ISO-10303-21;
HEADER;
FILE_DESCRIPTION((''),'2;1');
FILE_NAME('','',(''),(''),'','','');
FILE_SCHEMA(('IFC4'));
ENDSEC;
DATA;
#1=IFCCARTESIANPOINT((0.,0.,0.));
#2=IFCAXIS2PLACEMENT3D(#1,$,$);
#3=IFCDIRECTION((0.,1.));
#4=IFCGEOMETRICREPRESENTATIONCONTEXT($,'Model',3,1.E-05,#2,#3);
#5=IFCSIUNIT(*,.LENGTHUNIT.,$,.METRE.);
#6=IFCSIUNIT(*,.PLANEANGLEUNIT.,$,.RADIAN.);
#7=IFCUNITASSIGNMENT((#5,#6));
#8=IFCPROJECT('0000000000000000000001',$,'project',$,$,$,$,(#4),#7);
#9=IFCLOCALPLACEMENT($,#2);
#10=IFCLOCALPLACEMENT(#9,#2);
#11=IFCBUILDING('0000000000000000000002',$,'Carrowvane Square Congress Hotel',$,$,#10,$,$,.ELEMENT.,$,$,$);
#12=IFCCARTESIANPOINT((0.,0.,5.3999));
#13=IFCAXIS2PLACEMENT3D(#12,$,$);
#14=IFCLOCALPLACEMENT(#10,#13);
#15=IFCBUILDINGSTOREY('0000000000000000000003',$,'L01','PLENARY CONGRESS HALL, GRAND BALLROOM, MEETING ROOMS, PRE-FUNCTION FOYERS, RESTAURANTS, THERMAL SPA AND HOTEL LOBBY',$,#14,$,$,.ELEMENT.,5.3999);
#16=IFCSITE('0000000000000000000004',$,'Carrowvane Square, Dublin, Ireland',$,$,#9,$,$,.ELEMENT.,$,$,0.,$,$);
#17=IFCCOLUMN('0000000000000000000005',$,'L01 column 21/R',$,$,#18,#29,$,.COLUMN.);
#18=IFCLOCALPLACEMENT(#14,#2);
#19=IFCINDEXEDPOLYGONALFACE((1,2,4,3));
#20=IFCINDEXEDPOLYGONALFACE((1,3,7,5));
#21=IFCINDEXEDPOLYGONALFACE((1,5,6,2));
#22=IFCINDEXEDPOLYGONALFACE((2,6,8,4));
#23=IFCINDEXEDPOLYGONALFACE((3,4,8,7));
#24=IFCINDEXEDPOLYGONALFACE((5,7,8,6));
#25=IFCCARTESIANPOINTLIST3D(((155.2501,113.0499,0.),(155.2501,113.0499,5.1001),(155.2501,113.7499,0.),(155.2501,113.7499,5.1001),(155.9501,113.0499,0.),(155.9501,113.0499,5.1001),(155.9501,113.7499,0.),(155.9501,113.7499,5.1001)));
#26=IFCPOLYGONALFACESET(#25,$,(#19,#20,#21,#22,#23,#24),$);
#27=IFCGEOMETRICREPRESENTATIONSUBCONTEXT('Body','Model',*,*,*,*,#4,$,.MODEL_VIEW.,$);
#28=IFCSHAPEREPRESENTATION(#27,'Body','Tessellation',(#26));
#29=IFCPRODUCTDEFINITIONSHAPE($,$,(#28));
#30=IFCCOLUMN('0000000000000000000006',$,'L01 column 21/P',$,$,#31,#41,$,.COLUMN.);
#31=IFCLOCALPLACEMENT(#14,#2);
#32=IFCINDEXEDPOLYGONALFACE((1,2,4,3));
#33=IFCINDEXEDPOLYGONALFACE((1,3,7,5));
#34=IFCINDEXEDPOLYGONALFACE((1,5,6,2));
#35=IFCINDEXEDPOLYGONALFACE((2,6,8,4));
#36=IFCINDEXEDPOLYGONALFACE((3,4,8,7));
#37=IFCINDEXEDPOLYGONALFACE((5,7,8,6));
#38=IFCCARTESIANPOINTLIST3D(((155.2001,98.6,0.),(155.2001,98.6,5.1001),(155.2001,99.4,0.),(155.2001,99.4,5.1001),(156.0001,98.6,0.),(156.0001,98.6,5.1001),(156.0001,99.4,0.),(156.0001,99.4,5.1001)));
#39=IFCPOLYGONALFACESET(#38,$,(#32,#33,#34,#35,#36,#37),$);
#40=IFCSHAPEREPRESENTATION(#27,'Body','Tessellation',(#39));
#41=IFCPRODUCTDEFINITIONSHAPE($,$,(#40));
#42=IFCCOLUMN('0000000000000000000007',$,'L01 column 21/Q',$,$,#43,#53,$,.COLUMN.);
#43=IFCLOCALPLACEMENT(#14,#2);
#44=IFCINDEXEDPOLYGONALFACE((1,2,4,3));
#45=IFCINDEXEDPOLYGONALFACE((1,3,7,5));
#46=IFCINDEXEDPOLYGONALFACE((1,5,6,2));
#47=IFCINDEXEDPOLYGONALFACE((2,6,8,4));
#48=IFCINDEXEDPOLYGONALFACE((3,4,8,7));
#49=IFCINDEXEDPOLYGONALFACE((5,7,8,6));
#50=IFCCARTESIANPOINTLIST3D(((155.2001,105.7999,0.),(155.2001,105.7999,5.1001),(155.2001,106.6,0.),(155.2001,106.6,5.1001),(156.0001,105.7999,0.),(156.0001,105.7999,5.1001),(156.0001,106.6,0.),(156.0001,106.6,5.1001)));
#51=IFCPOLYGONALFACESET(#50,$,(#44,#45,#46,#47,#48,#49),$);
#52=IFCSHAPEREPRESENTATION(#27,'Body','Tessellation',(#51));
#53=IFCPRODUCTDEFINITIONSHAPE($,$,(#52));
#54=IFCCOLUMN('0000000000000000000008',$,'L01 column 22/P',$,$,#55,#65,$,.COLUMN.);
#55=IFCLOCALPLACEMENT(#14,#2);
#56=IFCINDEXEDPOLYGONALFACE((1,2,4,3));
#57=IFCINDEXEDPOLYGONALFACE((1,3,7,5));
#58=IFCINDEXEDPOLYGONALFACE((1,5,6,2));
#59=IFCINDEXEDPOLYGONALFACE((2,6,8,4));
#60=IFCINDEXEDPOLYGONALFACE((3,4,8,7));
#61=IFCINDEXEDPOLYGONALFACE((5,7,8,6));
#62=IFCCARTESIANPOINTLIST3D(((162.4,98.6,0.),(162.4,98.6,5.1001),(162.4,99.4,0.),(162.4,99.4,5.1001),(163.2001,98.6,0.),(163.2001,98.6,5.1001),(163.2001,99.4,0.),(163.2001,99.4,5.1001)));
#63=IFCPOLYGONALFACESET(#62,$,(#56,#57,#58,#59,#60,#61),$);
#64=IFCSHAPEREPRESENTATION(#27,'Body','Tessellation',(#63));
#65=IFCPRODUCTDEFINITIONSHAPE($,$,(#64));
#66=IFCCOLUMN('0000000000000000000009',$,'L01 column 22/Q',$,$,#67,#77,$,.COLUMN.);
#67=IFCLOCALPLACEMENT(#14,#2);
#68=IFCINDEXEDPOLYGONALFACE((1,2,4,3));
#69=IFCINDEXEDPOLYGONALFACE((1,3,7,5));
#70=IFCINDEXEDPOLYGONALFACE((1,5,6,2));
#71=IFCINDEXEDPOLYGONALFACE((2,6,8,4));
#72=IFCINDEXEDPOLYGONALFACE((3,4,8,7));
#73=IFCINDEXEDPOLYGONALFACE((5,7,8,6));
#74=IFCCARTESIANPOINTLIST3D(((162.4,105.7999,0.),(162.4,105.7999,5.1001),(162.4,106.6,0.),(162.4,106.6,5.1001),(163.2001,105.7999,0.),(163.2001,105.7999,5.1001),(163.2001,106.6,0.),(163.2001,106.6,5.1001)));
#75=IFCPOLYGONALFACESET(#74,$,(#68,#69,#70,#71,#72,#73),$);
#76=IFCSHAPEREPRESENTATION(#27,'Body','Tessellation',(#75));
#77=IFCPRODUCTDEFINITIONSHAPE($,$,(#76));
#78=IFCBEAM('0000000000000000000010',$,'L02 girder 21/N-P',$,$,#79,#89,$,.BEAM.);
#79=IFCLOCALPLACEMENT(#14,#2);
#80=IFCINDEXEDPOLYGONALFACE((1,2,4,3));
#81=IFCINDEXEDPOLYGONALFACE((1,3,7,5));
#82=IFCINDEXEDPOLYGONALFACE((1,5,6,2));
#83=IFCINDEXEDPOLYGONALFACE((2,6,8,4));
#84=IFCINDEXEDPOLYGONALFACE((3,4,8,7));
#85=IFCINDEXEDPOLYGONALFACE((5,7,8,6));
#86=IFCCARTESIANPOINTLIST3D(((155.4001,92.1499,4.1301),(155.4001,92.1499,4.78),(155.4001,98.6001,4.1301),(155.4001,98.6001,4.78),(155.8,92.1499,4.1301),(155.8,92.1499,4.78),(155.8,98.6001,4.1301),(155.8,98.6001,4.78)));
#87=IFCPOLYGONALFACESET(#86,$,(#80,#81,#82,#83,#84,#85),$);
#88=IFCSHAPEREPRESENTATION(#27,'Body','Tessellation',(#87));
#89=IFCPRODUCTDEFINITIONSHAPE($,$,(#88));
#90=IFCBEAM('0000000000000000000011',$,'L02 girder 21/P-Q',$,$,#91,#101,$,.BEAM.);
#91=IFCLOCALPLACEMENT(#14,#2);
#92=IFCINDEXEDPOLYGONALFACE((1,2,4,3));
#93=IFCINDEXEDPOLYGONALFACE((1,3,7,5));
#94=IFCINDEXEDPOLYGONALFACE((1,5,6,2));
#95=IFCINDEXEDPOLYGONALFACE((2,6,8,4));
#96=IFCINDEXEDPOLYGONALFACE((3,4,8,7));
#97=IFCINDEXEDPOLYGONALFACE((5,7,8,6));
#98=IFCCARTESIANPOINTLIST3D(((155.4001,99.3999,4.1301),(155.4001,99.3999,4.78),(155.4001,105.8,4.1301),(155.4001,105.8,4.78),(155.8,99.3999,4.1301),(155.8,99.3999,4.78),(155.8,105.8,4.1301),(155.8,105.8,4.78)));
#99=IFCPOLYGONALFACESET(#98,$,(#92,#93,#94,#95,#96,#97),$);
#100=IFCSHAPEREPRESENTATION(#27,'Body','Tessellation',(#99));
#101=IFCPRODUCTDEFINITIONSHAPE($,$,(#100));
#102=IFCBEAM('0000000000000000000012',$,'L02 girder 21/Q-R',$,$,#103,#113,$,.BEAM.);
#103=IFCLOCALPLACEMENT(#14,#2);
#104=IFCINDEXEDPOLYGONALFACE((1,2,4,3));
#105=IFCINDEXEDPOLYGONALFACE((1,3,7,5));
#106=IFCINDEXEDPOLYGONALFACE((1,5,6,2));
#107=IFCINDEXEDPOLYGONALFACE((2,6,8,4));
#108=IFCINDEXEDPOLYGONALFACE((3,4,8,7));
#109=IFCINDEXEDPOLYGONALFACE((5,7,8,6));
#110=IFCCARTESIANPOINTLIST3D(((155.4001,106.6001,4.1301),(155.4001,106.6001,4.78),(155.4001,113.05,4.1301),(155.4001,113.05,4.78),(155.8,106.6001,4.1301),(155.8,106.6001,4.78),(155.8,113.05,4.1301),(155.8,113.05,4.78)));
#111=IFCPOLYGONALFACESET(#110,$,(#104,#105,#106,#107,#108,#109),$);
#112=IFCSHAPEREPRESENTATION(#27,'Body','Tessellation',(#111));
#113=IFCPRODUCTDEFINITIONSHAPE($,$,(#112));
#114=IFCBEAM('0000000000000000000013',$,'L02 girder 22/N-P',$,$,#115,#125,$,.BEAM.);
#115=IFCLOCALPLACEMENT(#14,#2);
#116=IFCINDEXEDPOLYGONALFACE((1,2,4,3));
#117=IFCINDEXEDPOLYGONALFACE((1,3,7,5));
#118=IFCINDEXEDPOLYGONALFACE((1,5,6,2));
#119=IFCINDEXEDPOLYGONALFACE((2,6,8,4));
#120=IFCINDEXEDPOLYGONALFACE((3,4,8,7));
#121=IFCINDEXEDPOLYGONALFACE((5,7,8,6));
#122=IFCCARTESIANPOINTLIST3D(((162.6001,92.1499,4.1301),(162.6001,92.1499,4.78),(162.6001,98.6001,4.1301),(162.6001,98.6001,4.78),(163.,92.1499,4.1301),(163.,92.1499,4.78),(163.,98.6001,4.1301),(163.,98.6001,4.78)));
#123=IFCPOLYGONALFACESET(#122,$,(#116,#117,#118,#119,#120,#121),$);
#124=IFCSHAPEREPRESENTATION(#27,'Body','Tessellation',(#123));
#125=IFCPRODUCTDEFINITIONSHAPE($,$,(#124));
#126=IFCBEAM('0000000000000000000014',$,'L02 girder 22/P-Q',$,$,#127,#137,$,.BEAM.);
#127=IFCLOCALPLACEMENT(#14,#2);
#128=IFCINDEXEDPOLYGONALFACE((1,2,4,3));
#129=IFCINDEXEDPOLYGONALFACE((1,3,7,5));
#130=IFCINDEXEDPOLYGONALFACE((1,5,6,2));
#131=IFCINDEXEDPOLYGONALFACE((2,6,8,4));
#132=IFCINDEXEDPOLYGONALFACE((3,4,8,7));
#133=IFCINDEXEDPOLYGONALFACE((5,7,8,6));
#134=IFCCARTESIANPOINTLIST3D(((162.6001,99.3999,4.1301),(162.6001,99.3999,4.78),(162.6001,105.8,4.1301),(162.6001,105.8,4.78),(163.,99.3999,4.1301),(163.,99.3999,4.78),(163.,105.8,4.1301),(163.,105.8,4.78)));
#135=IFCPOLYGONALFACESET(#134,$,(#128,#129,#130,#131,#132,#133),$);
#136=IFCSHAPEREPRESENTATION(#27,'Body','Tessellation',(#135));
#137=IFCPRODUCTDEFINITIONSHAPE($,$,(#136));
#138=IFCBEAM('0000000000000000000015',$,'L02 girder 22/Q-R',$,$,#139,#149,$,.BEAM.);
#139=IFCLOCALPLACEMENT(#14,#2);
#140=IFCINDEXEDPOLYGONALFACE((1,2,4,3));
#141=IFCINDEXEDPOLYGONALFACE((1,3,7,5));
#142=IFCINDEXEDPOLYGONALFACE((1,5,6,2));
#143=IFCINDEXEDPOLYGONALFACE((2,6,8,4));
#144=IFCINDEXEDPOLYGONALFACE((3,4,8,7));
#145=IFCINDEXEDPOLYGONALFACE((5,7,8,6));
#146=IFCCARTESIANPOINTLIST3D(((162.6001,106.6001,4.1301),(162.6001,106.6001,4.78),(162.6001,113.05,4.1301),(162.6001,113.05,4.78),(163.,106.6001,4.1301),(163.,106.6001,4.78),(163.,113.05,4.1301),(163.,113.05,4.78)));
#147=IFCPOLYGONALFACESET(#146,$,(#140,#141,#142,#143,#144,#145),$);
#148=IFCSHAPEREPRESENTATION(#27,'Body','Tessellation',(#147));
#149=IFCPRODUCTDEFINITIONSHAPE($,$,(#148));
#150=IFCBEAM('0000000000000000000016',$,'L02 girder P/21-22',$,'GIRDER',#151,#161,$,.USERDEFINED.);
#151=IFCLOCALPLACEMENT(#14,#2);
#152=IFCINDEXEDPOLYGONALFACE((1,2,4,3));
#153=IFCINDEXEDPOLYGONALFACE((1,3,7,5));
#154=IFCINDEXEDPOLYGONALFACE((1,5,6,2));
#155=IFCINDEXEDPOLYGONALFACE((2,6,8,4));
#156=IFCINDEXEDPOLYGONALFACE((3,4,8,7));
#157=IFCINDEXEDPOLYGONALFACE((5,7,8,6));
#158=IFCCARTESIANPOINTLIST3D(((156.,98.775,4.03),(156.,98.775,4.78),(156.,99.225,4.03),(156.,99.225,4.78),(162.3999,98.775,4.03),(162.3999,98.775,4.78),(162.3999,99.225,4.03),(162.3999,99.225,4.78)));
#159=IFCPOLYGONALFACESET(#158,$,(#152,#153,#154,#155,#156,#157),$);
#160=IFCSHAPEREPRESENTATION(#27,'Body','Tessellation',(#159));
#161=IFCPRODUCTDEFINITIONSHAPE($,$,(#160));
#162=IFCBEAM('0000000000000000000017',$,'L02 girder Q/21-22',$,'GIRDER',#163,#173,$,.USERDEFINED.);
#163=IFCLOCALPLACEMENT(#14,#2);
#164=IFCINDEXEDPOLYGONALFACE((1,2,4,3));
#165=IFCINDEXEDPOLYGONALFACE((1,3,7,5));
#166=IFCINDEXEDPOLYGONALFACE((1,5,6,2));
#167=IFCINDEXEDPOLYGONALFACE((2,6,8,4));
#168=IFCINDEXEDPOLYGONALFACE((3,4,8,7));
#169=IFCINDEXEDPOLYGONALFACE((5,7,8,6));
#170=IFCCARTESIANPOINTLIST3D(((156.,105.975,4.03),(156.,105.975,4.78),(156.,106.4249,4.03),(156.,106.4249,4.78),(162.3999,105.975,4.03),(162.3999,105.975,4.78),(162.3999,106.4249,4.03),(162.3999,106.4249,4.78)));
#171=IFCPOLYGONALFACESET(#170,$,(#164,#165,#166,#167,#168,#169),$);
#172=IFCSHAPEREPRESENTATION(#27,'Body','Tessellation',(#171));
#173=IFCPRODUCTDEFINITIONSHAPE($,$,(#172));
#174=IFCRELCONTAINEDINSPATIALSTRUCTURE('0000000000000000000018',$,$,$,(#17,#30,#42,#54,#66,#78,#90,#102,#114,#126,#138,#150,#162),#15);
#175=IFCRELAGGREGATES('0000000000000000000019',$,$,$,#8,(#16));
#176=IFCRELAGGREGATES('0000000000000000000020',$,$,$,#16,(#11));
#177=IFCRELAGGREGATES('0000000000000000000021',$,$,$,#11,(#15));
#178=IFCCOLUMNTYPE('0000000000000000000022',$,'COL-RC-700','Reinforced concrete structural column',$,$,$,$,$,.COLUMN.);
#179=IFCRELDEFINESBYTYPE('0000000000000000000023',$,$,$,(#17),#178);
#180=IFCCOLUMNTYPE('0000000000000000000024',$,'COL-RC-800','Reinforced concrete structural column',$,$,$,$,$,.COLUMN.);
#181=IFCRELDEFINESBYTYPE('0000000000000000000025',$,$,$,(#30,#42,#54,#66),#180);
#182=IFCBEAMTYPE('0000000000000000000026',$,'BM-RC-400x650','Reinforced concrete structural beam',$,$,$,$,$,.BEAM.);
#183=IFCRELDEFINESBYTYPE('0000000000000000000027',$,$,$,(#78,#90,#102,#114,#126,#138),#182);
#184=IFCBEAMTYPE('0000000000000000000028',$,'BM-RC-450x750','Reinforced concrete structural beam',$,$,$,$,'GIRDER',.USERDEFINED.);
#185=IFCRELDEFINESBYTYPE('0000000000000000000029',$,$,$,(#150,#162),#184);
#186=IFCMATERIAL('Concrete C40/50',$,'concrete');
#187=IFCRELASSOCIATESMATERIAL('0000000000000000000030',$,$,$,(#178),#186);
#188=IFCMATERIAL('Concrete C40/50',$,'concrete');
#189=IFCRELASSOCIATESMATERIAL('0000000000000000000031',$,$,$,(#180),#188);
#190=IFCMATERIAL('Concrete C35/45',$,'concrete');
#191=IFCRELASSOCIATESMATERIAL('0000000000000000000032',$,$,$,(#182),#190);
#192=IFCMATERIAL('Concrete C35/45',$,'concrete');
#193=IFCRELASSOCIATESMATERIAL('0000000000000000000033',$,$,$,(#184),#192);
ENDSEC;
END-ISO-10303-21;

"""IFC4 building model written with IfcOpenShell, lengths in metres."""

from ifc_helpers import new_model, si_unit, direction, frame, origin, origin_2d, place, context, subcontext, project, spatial, rectangle, extrude, material, material_profile, profile_set, type_object, element, save


model = new_model("IFC4")

# Units and contexts
model_context = context("Model", 3, precision=1e-05, world=origin(), true_north=direction((0.0, 1.0)))
body_context = subcontext(model_context, "Body", "Model", "MODEL_VIEW")
ifc_project = project(units=[si_unit("LENGTHUNIT", "METRE"), si_unit("PLANEANGLEUNIT", "RADIAN")], contexts=[model_context])

# Site, building, storey
site_placement = place(None, origin())
site = spatial("IfcSite", under=ifc_project, at=site_placement, Name="Carrowvane Square, Dublin, Ireland", CompositionType="ELEMENT", RefElevation=0.0)
building_placement = place(site_placement, origin())
building = spatial("IfcBuilding", under=site, at=building_placement, Name="Carrowvane Square Congress Hotel", CompositionType="ELEMENT")
storey_placement = place(building_placement, frame((0.0, 0.0, 5.3999)))
storey = spatial("IfcBuildingStorey", under=building, at=storey_placement, Name="L01", Description="PLENARY CONGRESS HALL, GRAND BALLROOM, MEETING ROOMS, PRE-FUNCTION FOYERS, RESTAURANTS, THERMAL SPA AND HOTEL LOBBY", CompositionType="ELEMENT", Elevation=5.3999)

# Columns
ifc_material_1 = material(Name="Concrete C40/50", Category="concrete")
ifc_material_profile_1 = material_profile(ifc_material_1, rectangle(XDim=0.7, YDim=0.7, at=origin_2d()), Name="RC 700x700")
ifc_profile_set_1 = profile_set([ifc_material_profile_1], Name="Concrete C40/50")
column_type_1 = type_object("IfcColumnType", Name="COL-RC-700", Description="Reinforced concrete structural column", PredefinedType="COLUMN", material=ifc_profile_set_1)
column_placement = place(storey_placement, frame((155.6001, 113.3999, 0.0), z_axis=(0.0, 0.0, 1.0), x_axis=(1.0, 0.0, 0.0)))
element("IfcColumn", 1, at=column_placement, inside=storey, type_object=column_type_1, Name="L01 column 21/R", PredefinedType="COLUMN", context=body_context, shape_type="SweptSolid", body=[
    extrude(rectangle(XDim=0.7, YDim=0.7, at=origin_2d()), origin(), (0.0, 0.0, 1.0), 5.1001),
])
ifc_material_2 = material(Name="Concrete C40/50", Category="concrete")
ifc_material_profile_2 = material_profile(ifc_material_2, rectangle(XDim=0.8, YDim=0.8, at=origin_2d()), Name="RC 800x800")
ifc_profile_set_2 = profile_set([ifc_material_profile_2], Name="Concrete C40/50")
column_type_2 = type_object("IfcColumnType", Name="COL-RC-800", Description="Reinforced concrete structural column", PredefinedType="COLUMN", material=ifc_profile_set_2)
for number, where, z_axis, x_axis, name in (
    (2, (155.6001, 99.0, 0.0), (0.0, 0.0, 1.0), (1.0, 0.0, 0.0), "L01 column 21/P"),
    (3, (155.6001, 106.2, 0.0), (0.0, 0.0, 1.0), (1.0, 0.0, 0.0), "L01 column 21/Q"),
    (4, (162.8, 99.0, 0.0), (0.0, 0.0, 1.0), (1.0, 0.0, 0.0), "L01 column 22/P"),
    (5, (162.8, 106.2, 0.0), (0.0, 0.0, 1.0), (1.0, 0.0, 0.0), "L01 column 22/Q"),
):
    element("IfcColumn", number, at=place(storey_placement, frame(where, z_axis=z_axis, x_axis=x_axis)), inside=storey, type_object=column_type_2, Name=name, PredefinedType="COLUMN", context=body_context, shape_type="SweptSolid", body=[
        extrude(rectangle(XDim=0.8, YDim=0.8, at=origin_2d()), origin(), (0.0, 0.0, 1.0), 5.1001),
    ])

# Beams
ifc_material_3 = material(Name="Concrete C35/45", Category="concrete")
ifc_material_profile_3 = material_profile(ifc_material_3, rectangle(XDim=0.3999, YDim=0.6499, at=origin_2d()), Name="RC 400x650")
ifc_profile_set_3 = profile_set([ifc_material_profile_3], Name="Concrete C35/45")
beam_type_1 = type_object("IfcBeamType", Name="BM-RC-400x650", Description="Reinforced concrete structural beam", PredefinedType="BEAM", material=ifc_profile_set_3)
beam_1_placement = place(storey_placement, frame((155.6001, 92.1499, 4.4551), z_axis=(0.0, 1.0, 0.0), x_axis=(-1.0, 0.0, 0.0)))
element("IfcBeam", 6, at=beam_1_placement, inside=storey, type_object=beam_type_1, Name="L02 girder 21/N-P", PredefinedType="BEAM", context=body_context, shape_type="SweptSolid", body=[
    extrude(rectangle(XDim=0.3999, YDim=0.6499, at=origin_2d()), origin(), (0.0, 0.0, 1.0), 6.4502),
])
beam_2_placement = place(storey_placement, frame((155.6001, 99.3999, 4.4551), z_axis=(0.0, 1.0, 0.0), x_axis=(-1.0, 0.0, 0.0)))
element("IfcBeam", 7, at=beam_2_placement, inside=storey, type_object=beam_type_1, Name="L02 girder 21/P-Q", PredefinedType="BEAM", context=body_context, shape_type="SweptSolid", body=[
    extrude(rectangle(XDim=0.3999, YDim=0.6499, at=origin_2d()), origin(), (0.0, 0.0, 1.0), 6.4001),
])
beam_3_placement = place(storey_placement, frame((155.6001, 106.6001, 4.4551), z_axis=(0.0, 1.0, 0.0), x_axis=(-1.0, 0.0, 0.0)))
element("IfcBeam", 8, at=beam_3_placement, inside=storey, type_object=beam_type_1, Name="L02 girder 21/Q-R", PredefinedType="BEAM", context=body_context, shape_type="SweptSolid", body=[
    extrude(rectangle(XDim=0.3999, YDim=0.6499, at=origin_2d()), origin(), (0.0, 0.0, 1.0), 6.45),
])
beam_4_placement = place(storey_placement, frame((162.8, 92.1499, 4.4551), z_axis=(0.0, 1.0, 0.0), x_axis=(-1.0, 0.0, 0.0)))
element("IfcBeam", 9, at=beam_4_placement, inside=storey, type_object=beam_type_1, Name="L02 girder 22/N-P", PredefinedType="BEAM", context=body_context, shape_type="SweptSolid", body=[
    extrude(rectangle(XDim=0.3999, YDim=0.6499, at=origin_2d()), origin(), (0.0, 0.0, 1.0), 6.4502),
])
beam_5_placement = place(storey_placement, frame((162.8, 99.3999, 4.4551), z_axis=(0.0, 1.0, 0.0), x_axis=(-1.0, 0.0, 0.0)))
element("IfcBeam", 10, at=beam_5_placement, inside=storey, type_object=beam_type_1, Name="L02 girder 22/P-Q", PredefinedType="BEAM", context=body_context, shape_type="SweptSolid", body=[
    extrude(rectangle(XDim=0.3999, YDim=0.6499, at=origin_2d()), origin(), (0.0, 0.0, 1.0), 6.4001),
])
beam_6_placement = place(storey_placement, frame((162.8, 106.6001, 4.4551), z_axis=(0.0, 1.0, 0.0), x_axis=(-1.0, 0.0, 0.0)))
element("IfcBeam", 11, at=beam_6_placement, inside=storey, type_object=beam_type_1, Name="L02 girder 22/Q-R", PredefinedType="BEAM", context=body_context, shape_type="SweptSolid", body=[
    extrude(rectangle(XDim=0.3999, YDim=0.6499, at=origin_2d()), origin(), (0.0, 0.0, 1.0), 6.45),
])
ifc_material_4 = material(Name="Concrete C35/45", Category="concrete")
ifc_material_profile_4 = material_profile(ifc_material_4, rectangle(XDim=0.45, YDim=0.75, at=origin_2d()), Name="RC 450x750")
ifc_profile_set_4 = profile_set([ifc_material_profile_4], Name="Concrete C35/45")
beam_type_2 = type_object("IfcBeamType", Name="BM-RC-450x750", Description="Reinforced concrete structural beam", ElementType="GIRDER", PredefinedType="USERDEFINED", material=ifc_profile_set_4)
for number, where, z_axis, x_axis, name in (
    (12, (156.0, 99.0, 4.405), (1.0, 0.0, 0.0), (0.0, 1.0, 0.0), "L02 girder P/21-22"),
    (13, (156.0, 106.2, 4.405), (1.0, 0.0, 0.0), (0.0, 1.0, 0.0), "L02 girder Q/21-22"),
):
    element("IfcBeam", number, at=place(storey_placement, frame(where, z_axis=z_axis, x_axis=x_axis)), inside=storey, type_object=beam_type_2, Name=name, ObjectType="GIRDER", PredefinedType="USERDEFINED", context=body_context, shape_type="SweptSolid", body=[
        extrude(rectangle(XDim=0.45, YDim=0.75, at=origin_2d()), origin(), (0.0, 0.0, 1.0), 6.3999),
    ])

save(model, "model.ifc")
